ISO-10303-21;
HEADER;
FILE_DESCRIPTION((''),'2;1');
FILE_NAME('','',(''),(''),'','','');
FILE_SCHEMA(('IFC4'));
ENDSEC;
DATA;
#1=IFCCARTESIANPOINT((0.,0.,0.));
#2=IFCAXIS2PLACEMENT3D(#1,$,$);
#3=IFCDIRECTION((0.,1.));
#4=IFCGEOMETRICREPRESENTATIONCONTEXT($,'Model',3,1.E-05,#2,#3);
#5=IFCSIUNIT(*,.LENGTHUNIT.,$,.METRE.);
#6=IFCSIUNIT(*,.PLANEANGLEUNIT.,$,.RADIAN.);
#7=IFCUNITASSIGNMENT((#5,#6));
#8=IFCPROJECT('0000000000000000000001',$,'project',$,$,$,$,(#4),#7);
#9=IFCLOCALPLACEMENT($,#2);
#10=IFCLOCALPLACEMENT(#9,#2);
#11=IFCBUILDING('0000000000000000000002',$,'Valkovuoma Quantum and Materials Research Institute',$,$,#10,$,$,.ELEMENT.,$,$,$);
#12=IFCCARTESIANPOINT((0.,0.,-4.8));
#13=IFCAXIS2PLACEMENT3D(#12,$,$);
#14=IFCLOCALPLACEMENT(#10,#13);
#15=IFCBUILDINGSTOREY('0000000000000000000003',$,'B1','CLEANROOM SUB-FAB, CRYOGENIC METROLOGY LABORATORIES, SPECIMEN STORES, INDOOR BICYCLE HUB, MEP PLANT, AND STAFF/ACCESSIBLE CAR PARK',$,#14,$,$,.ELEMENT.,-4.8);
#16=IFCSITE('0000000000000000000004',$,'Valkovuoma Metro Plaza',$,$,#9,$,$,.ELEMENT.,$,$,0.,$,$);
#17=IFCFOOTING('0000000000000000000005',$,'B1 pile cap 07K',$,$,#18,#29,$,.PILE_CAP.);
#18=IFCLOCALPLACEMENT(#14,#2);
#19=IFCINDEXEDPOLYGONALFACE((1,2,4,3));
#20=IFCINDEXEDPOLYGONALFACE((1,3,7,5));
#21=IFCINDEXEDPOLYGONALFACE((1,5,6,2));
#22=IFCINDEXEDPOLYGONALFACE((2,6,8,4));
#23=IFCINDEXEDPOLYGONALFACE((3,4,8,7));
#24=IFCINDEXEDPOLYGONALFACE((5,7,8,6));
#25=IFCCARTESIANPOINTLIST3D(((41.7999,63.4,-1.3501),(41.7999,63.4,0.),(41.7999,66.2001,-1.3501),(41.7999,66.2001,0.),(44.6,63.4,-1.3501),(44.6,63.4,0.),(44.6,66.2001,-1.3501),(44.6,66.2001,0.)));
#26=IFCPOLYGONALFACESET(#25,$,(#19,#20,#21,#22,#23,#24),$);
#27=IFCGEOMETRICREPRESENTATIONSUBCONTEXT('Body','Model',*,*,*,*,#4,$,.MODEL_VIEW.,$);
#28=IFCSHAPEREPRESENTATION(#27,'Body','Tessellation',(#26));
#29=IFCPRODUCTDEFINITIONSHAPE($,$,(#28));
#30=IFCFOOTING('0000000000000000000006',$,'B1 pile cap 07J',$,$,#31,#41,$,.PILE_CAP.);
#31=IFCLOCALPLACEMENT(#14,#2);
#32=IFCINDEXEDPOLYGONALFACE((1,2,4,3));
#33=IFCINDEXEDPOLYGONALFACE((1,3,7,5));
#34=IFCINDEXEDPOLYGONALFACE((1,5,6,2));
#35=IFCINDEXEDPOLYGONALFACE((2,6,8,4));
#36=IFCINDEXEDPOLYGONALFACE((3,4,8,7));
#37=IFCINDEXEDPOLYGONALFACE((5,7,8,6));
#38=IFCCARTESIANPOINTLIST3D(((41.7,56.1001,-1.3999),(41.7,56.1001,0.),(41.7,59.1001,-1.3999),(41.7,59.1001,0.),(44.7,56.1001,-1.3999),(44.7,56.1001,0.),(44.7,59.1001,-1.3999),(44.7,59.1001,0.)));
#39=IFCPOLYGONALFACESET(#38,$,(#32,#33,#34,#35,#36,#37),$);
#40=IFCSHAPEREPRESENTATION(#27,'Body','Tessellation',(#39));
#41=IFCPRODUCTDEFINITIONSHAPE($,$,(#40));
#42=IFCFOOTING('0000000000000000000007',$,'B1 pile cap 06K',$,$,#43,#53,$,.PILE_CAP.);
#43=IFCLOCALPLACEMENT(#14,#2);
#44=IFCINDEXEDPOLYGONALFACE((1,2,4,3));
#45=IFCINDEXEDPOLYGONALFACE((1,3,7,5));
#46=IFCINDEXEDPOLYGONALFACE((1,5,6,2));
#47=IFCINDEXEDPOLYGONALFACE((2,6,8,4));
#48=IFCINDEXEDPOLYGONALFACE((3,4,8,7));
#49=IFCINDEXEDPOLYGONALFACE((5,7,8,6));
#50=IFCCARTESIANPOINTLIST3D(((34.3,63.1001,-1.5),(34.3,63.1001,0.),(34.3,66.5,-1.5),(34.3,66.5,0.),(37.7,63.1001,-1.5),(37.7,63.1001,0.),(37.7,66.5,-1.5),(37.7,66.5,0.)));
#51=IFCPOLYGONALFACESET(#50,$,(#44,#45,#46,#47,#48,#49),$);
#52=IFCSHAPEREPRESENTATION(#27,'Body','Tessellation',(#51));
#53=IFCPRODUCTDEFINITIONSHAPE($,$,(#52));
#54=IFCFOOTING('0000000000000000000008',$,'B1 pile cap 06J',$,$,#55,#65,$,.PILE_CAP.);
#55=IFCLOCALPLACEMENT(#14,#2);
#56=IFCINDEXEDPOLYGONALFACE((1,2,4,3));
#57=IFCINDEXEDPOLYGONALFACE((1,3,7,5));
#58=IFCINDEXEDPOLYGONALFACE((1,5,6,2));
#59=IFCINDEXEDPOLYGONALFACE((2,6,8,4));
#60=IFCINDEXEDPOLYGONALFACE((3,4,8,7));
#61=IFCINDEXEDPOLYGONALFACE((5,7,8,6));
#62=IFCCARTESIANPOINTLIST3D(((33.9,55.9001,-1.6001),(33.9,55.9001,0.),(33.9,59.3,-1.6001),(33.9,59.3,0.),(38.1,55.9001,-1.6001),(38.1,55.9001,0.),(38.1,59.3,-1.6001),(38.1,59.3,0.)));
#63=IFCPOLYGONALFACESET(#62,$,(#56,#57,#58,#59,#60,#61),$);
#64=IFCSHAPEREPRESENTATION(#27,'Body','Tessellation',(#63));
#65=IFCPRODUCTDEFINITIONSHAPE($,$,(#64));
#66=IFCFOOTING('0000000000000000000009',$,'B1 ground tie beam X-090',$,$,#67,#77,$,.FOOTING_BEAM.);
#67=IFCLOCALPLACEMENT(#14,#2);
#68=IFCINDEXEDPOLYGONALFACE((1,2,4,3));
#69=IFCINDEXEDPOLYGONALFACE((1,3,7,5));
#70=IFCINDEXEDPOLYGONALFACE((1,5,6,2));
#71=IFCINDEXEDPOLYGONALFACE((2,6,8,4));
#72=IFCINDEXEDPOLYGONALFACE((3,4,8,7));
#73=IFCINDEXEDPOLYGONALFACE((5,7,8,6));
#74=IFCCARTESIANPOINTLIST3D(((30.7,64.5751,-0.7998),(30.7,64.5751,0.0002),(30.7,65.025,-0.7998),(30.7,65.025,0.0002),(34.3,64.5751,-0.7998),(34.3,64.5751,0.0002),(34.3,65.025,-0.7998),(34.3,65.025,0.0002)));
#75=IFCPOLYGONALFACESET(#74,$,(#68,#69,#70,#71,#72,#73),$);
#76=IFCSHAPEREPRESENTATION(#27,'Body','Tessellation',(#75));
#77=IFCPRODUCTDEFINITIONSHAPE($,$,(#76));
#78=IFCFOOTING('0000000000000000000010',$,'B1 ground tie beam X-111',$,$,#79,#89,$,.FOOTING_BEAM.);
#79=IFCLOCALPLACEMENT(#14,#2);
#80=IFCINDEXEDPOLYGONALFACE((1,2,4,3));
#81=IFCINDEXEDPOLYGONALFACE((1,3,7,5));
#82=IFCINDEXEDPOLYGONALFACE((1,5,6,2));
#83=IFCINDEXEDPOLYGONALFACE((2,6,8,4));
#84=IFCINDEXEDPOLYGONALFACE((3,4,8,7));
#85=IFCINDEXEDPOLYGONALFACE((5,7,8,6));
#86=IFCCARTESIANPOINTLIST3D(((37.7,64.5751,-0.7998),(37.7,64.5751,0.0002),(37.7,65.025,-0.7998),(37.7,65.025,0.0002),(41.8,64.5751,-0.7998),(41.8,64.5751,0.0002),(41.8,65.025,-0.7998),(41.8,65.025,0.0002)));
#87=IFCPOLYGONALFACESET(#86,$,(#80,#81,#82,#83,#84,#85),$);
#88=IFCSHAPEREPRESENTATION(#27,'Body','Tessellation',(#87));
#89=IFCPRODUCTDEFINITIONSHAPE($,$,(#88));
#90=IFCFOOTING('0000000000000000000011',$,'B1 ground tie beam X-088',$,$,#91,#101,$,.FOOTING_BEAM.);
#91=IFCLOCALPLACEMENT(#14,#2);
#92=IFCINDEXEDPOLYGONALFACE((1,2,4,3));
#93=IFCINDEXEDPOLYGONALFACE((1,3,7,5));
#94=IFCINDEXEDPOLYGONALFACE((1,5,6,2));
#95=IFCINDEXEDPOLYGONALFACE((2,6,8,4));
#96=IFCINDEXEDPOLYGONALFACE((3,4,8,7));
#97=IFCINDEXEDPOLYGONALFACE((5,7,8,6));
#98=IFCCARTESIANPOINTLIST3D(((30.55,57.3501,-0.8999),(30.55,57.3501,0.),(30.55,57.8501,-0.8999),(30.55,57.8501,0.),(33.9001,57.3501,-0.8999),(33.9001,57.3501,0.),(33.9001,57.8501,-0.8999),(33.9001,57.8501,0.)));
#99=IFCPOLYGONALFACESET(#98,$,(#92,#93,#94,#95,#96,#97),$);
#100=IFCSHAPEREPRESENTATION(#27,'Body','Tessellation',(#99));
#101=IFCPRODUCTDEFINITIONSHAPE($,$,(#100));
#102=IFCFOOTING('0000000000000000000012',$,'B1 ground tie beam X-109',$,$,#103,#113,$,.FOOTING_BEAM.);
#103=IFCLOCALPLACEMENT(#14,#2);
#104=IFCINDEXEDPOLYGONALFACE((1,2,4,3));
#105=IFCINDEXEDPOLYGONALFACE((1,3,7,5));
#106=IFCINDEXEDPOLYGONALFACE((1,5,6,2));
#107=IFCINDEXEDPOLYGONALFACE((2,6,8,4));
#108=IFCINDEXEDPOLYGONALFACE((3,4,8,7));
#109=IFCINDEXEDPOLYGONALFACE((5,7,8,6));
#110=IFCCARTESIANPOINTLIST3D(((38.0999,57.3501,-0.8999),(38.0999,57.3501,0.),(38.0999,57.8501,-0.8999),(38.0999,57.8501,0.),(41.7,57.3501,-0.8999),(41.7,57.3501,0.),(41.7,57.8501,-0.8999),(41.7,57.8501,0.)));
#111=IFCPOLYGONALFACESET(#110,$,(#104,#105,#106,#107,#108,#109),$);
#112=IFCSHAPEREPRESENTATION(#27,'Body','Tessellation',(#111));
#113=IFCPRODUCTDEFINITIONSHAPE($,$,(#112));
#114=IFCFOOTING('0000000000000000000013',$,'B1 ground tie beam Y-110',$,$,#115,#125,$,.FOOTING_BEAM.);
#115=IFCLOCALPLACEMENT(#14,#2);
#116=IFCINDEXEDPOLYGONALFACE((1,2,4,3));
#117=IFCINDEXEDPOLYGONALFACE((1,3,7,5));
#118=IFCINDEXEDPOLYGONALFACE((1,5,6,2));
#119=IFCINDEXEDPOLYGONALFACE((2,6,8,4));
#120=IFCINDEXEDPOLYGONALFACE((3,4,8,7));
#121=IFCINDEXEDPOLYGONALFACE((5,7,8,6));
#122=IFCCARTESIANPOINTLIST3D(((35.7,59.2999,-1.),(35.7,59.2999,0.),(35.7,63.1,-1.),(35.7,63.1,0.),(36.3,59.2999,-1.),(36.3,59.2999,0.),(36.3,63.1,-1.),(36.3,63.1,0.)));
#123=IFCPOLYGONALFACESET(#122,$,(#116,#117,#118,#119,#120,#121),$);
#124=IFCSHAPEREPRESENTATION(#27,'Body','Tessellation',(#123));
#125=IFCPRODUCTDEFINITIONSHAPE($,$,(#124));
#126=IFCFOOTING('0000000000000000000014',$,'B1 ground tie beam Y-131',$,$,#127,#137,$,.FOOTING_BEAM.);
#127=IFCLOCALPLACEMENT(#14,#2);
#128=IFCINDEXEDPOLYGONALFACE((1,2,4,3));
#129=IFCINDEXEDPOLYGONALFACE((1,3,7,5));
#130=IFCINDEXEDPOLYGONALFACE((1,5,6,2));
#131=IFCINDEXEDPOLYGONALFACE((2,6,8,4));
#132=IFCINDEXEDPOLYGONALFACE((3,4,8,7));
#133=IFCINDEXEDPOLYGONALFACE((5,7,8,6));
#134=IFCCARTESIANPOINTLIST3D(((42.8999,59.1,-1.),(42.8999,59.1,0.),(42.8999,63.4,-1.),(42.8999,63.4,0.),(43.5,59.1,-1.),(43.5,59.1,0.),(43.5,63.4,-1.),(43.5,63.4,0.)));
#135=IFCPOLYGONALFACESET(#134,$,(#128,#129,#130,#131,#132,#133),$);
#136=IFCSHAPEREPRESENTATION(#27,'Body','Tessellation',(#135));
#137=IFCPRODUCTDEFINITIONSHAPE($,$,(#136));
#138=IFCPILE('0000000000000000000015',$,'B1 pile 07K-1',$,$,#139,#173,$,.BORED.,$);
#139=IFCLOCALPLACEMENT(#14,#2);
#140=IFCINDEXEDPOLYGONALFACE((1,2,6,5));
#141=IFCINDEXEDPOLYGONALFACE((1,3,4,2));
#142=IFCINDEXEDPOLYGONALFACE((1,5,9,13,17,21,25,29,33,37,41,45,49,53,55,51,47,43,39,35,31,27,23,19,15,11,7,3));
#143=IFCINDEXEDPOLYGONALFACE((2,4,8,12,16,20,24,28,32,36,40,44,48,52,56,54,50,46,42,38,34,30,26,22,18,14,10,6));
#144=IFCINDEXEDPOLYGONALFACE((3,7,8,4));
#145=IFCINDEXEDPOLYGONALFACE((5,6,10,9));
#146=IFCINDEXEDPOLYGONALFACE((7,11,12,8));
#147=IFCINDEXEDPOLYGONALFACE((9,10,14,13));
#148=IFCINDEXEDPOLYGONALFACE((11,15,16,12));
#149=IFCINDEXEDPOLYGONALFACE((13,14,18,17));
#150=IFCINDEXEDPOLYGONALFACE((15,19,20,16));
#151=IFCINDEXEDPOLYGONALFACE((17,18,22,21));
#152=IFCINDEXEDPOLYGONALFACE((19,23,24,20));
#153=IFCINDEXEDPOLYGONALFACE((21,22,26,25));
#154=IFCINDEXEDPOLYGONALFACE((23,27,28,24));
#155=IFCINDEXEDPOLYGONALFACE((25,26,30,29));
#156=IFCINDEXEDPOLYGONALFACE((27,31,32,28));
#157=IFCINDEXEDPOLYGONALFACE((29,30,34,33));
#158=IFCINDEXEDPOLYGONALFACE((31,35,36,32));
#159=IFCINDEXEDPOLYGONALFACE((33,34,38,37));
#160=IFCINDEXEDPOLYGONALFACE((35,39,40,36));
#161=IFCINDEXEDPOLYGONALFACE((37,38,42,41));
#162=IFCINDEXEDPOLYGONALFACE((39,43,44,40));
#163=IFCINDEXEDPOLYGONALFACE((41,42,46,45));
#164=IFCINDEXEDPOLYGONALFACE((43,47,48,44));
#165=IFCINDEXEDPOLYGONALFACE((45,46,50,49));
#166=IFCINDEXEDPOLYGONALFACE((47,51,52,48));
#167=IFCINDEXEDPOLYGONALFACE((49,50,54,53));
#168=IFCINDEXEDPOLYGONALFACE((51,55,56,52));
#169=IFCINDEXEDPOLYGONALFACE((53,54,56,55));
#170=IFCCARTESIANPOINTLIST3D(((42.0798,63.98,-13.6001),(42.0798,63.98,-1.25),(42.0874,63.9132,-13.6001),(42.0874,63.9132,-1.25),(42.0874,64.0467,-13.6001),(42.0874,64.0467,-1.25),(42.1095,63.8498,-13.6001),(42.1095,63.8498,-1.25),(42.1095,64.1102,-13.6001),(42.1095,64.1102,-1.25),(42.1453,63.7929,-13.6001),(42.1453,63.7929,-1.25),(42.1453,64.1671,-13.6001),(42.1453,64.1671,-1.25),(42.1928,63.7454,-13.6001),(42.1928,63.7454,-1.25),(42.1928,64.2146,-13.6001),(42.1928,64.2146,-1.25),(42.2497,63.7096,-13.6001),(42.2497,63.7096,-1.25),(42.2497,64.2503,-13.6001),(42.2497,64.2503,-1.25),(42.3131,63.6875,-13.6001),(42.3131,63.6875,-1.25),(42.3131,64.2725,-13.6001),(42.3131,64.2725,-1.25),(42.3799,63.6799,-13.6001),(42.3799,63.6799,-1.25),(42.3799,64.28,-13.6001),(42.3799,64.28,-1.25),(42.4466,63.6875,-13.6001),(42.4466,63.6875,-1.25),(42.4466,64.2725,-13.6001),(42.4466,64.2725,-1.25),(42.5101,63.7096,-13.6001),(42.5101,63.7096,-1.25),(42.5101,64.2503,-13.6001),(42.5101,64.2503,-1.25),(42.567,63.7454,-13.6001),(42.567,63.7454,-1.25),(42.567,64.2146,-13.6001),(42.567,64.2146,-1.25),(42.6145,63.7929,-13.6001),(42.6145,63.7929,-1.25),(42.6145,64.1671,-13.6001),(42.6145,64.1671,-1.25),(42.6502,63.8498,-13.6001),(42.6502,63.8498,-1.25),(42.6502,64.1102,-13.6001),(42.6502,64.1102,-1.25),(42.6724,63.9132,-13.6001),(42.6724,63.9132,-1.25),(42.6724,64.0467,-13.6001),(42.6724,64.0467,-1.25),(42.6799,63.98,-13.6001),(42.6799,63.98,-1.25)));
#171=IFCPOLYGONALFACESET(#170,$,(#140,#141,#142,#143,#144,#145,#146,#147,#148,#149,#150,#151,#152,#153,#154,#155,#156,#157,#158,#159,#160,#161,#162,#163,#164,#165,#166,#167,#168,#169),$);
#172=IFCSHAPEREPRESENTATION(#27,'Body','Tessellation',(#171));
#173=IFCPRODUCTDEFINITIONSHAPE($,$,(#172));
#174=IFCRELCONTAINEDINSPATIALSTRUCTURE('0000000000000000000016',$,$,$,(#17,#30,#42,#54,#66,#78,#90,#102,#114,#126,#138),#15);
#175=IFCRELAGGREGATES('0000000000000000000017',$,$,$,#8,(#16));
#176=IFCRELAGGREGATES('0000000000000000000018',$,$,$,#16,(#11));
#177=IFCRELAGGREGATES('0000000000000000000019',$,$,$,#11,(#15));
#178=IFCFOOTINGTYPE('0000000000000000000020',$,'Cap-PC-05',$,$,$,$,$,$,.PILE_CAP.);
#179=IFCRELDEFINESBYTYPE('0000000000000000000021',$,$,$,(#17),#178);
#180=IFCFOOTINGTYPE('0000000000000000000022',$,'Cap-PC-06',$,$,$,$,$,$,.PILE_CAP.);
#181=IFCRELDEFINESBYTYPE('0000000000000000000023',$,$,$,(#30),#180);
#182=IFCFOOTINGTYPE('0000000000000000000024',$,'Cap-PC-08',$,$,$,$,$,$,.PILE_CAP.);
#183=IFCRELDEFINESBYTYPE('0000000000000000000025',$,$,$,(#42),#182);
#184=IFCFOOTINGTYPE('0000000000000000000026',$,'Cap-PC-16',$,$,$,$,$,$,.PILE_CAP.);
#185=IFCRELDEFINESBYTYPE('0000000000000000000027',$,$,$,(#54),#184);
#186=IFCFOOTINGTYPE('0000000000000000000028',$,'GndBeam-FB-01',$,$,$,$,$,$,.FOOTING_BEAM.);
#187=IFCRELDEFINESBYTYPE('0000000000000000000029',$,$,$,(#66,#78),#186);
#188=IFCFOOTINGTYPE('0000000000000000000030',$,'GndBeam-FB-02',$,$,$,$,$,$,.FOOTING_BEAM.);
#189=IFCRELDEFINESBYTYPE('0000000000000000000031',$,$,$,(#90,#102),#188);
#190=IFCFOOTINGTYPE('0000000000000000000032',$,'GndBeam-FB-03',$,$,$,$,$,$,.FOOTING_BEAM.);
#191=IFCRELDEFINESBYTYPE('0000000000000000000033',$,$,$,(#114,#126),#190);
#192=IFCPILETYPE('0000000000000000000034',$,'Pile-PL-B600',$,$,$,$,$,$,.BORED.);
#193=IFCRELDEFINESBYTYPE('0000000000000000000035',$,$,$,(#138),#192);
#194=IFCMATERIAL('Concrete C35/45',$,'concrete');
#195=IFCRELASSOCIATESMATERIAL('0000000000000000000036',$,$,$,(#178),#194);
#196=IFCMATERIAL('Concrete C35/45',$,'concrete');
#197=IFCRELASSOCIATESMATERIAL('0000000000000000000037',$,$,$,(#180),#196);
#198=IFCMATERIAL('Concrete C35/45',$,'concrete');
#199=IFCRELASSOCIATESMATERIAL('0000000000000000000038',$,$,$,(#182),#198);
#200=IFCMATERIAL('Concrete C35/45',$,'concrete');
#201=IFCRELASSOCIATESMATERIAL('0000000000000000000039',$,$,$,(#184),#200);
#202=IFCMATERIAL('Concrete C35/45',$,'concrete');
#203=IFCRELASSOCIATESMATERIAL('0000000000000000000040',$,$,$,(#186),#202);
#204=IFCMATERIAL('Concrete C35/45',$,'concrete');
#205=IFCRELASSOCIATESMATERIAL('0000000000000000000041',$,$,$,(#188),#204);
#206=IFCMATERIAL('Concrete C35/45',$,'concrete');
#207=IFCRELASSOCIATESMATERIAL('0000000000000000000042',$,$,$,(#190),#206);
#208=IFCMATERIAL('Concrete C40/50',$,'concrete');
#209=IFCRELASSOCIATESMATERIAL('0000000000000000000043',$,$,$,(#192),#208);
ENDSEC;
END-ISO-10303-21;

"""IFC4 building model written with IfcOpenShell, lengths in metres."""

from ifc_helpers import new_model, si_unit, direction, frame, origin, origin_2d, place, context, subcontext, project, spatial, rectangle, circle, extrude, material, material_profile, profile_set, type_object, element, save


model = new_model("IFC4")

# Units and contexts
model_context = context("Model", 3, precision=1e-05, world=origin(), true_north=direction((0.0, 1.0)))
body_context = subcontext(model_context, "Body", "Model", "MODEL_VIEW")
ifc_project = project(units=[si_unit("LENGTHUNIT", "METRE"), si_unit("PLANEANGLEUNIT", "RADIAN")], contexts=[model_context])

# Site, building, storey
site_placement = place(None, origin())
site = spatial("IfcSite", under=ifc_project, at=site_placement, Name="Valkovuoma Metro Plaza", CompositionType="ELEMENT", RefElevation=0.0)
building_placement = place(site_placement, origin())
building = spatial("IfcBuilding", under=site, at=building_placement, Name="Valkovuoma Quantum and Materials Research Institute", CompositionType="ELEMENT")
storey_placement = place(building_placement, frame((0.0, 0.0, -4.8)))
storey = spatial("IfcBuildingStorey", under=building, at=storey_placement, Name="B1", Description="CLEANROOM SUB-FAB, CRYOGENIC METROLOGY LABORATORIES, SPECIMEN STORES, INDOOR BICYCLE HUB, MEP PLANT, AND STAFF/ACCESSIBLE CAR PARK", CompositionType="ELEMENT", Elevation=-4.8)

# Footings
ifc_material_1 = material(Name="Concrete C35/45", Category="concrete")
footing_type_1 = type_object("IfcFootingType", Name="Cap-PC-05", PredefinedType="PILE_CAP", material=ifc_material_1)
footing_1_placement = place(storey_placement, frame((43.2, 64.8, -1.3501), z_axis=(0.0, 0.0, 1.0), x_axis=(1.0, 0.0, 0.0)))
element("IfcFooting", 1, at=footing_1_placement, inside=storey, type_object=footing_type_1, Name="B1 pile cap 07K", PredefinedType="PILE_CAP", context=body_context, shape_type="SweptSolid", body=[
    extrude(rectangle(XDim=2.8, YDim=2.8, at=origin_2d()), origin(), (0.0, 0.0, 1.0), 1.3501),
])
ifc_material_2 = material(Name="Concrete C35/45", Category="concrete")
footing_type_2 = type_object("IfcFootingType", Name="Cap-PC-06", PredefinedType="PILE_CAP", material=ifc_material_2)
footing_2_placement = place(storey_placement, frame((43.2, 57.6001, -1.3999), z_axis=(0.0, 0.0, 1.0), x_axis=(1.0, 0.0, 0.0)))
element("IfcFooting", 2, at=footing_2_placement, inside=storey, type_object=footing_type_2, Name="B1 pile cap 07J", PredefinedType="PILE_CAP", context=body_context, shape_type="SweptSolid", body=[
    extrude(rectangle(XDim=3.0, YDim=3.0, at=origin_2d()), origin(), (0.0, 0.0, 1.0), 1.3999),
])
ifc_material_3 = material(Name="Concrete C35/45", Category="concrete")
footing_type_3 = type_object("IfcFootingType", Name="Cap-PC-08", PredefinedType="PILE_CAP", material=ifc_material_3)
footing_3_placement = place(storey_placement, frame((36.0, 64.8, -1.5), z_axis=(0.0, 0.0, 1.0), x_axis=(1.0, 0.0, 0.0)))
element("IfcFooting", 3, at=footing_3_placement, inside=storey, type_object=footing_type_3, Name="B1 pile cap 06K", PredefinedType="PILE_CAP", context=body_context, shape_type="SweptSolid", body=[
    extrude(rectangle(XDim=3.3999, YDim=3.3999, at=origin_2d()), origin(), (0.0, 0.0, 1.0), 1.5),
])
ifc_material_4 = material(Name="Concrete C35/45", Category="concrete")
footing_type_4 = type_object("IfcFootingType", Name="Cap-PC-16", PredefinedType="PILE_CAP", material=ifc_material_4)
footing_4_placement = place(storey_placement, frame((36.0, 57.6001, -1.6001), z_axis=(0.0, 0.0, 1.0), x_axis=(1.0, 0.0, 0.0)))
element("IfcFooting", 4, at=footing_4_placement, inside=storey, type_object=footing_type_4, Name="B1 pile cap 06J", PredefinedType="PILE_CAP", context=body_context, shape_type="SweptSolid", body=[
    extrude(rectangle(XDim=4.2, YDim=3.3999, at=origin_2d()), origin(), (0.0, 0.0, 1.0), 1.6001),
])
ifc_material_5 = material(Name="Concrete C35/45", Category="concrete")
footing_type_5 = type_object("IfcFootingType", Name="GndBeam-FB-01", PredefinedType="FOOTING_BEAM", material=ifc_material_5)
footing_5_placement = place(storey_placement, frame((32.5, 64.8, -0.7998), z_axis=(0.0, 0.0, 1.0), x_axis=(1.0, 0.0, 0.0)))
element("IfcFooting", 5, at=footing_5_placement, inside=storey, type_object=footing_type_5, Name="B1 ground tie beam X-090", PredefinedType="FOOTING_BEAM", context=body_context, shape_type="SweptSolid", body=[
    extrude(rectangle(XDim=3.6001, YDim=0.45, at=origin_2d()), origin(), (0.0, 0.0, 1.0), 0.8),
])
footing_6_placement = place(storey_placement, frame((39.75, 64.8, -0.7998), z_axis=(0.0, 0.0, 1.0), x_axis=(1.0, 0.0, 0.0)))
element("IfcFooting", 6, at=footing_6_placement, inside=storey, type_object=footing_type_5, Name="B1 ground tie beam X-111", PredefinedType="FOOTING_BEAM", context=body_context, shape_type="SweptSolid", body=[
    extrude(rectangle(XDim=4.1001, YDim=0.45, at=origin_2d()), origin(), (0.0, 0.0, 1.0), 0.8),
])
ifc_material_6 = material(Name="Concrete C35/45", Category="concrete")
footing_type_6 = type_object("IfcFootingType", Name="GndBeam-FB-02", PredefinedType="FOOTING_BEAM", material=ifc_material_6)
footing_7_placement = place(storey_placement, frame((32.2251, 57.6001, -0.8999), z_axis=(0.0, 0.0, 1.0), x_axis=(1.0, 0.0, 0.0)))
element("IfcFooting", 7, at=footing_7_placement, inside=storey, type_object=footing_type_6, Name="B1 ground tie beam X-088", PredefinedType="FOOTING_BEAM", context=body_context, shape_type="SweptSolid", body=[
    extrude(rectangle(XDim=3.3501, YDim=0.5, at=origin_2d()), origin(), (0.0, 0.0, 1.0), 0.8999),
])
footing_8_placement = place(storey_placement, frame((39.8999, 57.6001, -0.8999), z_axis=(0.0, 0.0, 1.0), x_axis=(1.0, 0.0, 0.0)))
element("IfcFooting", 8, at=footing_8_placement, inside=storey, type_object=footing_type_6, Name="B1 ground tie beam X-109", PredefinedType="FOOTING_BEAM", context=body_context, shape_type="SweptSolid", body=[
    extrude(rectangle(XDim=3.6001, YDim=0.5, at=origin_2d()), origin(), (0.0, 0.0, 1.0), 0.8999),
])
ifc_material_7 = material(Name="Concrete C35/45", Category="concrete")
footing_type_7 = type_object("IfcFootingType", Name="GndBeam-FB-03", PredefinedType="FOOTING_BEAM", material=ifc_material_7)
footing_9_placement = place(storey_placement, frame((36.0, 61.2, -1.0), z_axis=(0.0, 0.0, 1.0), x_axis=(0.0, 1.0, 0.0)))
element("IfcFooting", 9, at=footing_9_placement, inside=storey, type_object=footing_type_7, Name="B1 ground tie beam Y-110", PredefinedType="FOOTING_BEAM", context=body_context, shape_type="SweptSolid", body=[
    extrude(rectangle(XDim=3.8, YDim=0.6001, at=origin_2d()), origin(), (0.0, 0.0, 1.0), 1.0),
])
footing_10_placement = place(storey_placement, frame((43.2, 61.25, -1.0), z_axis=(0.0, 0.0, 1.0), x_axis=(0.0, 1.0, 0.0)))
element("IfcFooting", 10, at=footing_10_placement, inside=storey, type_object=footing_type_7, Name="B1 ground tie beam Y-131", PredefinedType="FOOTING_BEAM", context=body_context, shape_type="SweptSolid", body=[
    extrude(rectangle(XDim=4.3, YDim=0.6001, at=origin_2d()), origin(), (0.0, 0.0, 1.0), 1.0),
])

# Pile
ifc_material_8 = material(Name="Concrete C40/50", Category="concrete")
ifc_material_profile_1 = material_profile(ifc_material_8, circle(Radius=0.3, at=origin_2d()), Name="Concrete C40/50")
ifc_profile_set_1 = profile_set([ifc_material_profile_1], Name="Concrete C40/50")
pile_type_1 = type_object("IfcPileType", Name="Pile-PL-B600", PredefinedType="BORED", material=ifc_profile_set_1)
for number, where, z_axis, x_axis, name in (
    (11, (42.3799, 63.98, -1.25), (0.0, 0.0, -1.0), (1.0, 0.0, 0.0), "B1 pile 07K-1"),
):
    element("IfcPile", number, at=place(storey_placement, frame(where, z_axis=z_axis, x_axis=x_axis)), inside=storey, type_object=pile_type_1, Name=name, PredefinedType="BORED", context=body_context, shape_type="SweptSolid", body=[
        extrude(circle(Radius=0.3, at=origin_2d()), origin(), (0.0, 0.0, 1.0), 12.3501),
    ])

save(model, "model.ifc")
